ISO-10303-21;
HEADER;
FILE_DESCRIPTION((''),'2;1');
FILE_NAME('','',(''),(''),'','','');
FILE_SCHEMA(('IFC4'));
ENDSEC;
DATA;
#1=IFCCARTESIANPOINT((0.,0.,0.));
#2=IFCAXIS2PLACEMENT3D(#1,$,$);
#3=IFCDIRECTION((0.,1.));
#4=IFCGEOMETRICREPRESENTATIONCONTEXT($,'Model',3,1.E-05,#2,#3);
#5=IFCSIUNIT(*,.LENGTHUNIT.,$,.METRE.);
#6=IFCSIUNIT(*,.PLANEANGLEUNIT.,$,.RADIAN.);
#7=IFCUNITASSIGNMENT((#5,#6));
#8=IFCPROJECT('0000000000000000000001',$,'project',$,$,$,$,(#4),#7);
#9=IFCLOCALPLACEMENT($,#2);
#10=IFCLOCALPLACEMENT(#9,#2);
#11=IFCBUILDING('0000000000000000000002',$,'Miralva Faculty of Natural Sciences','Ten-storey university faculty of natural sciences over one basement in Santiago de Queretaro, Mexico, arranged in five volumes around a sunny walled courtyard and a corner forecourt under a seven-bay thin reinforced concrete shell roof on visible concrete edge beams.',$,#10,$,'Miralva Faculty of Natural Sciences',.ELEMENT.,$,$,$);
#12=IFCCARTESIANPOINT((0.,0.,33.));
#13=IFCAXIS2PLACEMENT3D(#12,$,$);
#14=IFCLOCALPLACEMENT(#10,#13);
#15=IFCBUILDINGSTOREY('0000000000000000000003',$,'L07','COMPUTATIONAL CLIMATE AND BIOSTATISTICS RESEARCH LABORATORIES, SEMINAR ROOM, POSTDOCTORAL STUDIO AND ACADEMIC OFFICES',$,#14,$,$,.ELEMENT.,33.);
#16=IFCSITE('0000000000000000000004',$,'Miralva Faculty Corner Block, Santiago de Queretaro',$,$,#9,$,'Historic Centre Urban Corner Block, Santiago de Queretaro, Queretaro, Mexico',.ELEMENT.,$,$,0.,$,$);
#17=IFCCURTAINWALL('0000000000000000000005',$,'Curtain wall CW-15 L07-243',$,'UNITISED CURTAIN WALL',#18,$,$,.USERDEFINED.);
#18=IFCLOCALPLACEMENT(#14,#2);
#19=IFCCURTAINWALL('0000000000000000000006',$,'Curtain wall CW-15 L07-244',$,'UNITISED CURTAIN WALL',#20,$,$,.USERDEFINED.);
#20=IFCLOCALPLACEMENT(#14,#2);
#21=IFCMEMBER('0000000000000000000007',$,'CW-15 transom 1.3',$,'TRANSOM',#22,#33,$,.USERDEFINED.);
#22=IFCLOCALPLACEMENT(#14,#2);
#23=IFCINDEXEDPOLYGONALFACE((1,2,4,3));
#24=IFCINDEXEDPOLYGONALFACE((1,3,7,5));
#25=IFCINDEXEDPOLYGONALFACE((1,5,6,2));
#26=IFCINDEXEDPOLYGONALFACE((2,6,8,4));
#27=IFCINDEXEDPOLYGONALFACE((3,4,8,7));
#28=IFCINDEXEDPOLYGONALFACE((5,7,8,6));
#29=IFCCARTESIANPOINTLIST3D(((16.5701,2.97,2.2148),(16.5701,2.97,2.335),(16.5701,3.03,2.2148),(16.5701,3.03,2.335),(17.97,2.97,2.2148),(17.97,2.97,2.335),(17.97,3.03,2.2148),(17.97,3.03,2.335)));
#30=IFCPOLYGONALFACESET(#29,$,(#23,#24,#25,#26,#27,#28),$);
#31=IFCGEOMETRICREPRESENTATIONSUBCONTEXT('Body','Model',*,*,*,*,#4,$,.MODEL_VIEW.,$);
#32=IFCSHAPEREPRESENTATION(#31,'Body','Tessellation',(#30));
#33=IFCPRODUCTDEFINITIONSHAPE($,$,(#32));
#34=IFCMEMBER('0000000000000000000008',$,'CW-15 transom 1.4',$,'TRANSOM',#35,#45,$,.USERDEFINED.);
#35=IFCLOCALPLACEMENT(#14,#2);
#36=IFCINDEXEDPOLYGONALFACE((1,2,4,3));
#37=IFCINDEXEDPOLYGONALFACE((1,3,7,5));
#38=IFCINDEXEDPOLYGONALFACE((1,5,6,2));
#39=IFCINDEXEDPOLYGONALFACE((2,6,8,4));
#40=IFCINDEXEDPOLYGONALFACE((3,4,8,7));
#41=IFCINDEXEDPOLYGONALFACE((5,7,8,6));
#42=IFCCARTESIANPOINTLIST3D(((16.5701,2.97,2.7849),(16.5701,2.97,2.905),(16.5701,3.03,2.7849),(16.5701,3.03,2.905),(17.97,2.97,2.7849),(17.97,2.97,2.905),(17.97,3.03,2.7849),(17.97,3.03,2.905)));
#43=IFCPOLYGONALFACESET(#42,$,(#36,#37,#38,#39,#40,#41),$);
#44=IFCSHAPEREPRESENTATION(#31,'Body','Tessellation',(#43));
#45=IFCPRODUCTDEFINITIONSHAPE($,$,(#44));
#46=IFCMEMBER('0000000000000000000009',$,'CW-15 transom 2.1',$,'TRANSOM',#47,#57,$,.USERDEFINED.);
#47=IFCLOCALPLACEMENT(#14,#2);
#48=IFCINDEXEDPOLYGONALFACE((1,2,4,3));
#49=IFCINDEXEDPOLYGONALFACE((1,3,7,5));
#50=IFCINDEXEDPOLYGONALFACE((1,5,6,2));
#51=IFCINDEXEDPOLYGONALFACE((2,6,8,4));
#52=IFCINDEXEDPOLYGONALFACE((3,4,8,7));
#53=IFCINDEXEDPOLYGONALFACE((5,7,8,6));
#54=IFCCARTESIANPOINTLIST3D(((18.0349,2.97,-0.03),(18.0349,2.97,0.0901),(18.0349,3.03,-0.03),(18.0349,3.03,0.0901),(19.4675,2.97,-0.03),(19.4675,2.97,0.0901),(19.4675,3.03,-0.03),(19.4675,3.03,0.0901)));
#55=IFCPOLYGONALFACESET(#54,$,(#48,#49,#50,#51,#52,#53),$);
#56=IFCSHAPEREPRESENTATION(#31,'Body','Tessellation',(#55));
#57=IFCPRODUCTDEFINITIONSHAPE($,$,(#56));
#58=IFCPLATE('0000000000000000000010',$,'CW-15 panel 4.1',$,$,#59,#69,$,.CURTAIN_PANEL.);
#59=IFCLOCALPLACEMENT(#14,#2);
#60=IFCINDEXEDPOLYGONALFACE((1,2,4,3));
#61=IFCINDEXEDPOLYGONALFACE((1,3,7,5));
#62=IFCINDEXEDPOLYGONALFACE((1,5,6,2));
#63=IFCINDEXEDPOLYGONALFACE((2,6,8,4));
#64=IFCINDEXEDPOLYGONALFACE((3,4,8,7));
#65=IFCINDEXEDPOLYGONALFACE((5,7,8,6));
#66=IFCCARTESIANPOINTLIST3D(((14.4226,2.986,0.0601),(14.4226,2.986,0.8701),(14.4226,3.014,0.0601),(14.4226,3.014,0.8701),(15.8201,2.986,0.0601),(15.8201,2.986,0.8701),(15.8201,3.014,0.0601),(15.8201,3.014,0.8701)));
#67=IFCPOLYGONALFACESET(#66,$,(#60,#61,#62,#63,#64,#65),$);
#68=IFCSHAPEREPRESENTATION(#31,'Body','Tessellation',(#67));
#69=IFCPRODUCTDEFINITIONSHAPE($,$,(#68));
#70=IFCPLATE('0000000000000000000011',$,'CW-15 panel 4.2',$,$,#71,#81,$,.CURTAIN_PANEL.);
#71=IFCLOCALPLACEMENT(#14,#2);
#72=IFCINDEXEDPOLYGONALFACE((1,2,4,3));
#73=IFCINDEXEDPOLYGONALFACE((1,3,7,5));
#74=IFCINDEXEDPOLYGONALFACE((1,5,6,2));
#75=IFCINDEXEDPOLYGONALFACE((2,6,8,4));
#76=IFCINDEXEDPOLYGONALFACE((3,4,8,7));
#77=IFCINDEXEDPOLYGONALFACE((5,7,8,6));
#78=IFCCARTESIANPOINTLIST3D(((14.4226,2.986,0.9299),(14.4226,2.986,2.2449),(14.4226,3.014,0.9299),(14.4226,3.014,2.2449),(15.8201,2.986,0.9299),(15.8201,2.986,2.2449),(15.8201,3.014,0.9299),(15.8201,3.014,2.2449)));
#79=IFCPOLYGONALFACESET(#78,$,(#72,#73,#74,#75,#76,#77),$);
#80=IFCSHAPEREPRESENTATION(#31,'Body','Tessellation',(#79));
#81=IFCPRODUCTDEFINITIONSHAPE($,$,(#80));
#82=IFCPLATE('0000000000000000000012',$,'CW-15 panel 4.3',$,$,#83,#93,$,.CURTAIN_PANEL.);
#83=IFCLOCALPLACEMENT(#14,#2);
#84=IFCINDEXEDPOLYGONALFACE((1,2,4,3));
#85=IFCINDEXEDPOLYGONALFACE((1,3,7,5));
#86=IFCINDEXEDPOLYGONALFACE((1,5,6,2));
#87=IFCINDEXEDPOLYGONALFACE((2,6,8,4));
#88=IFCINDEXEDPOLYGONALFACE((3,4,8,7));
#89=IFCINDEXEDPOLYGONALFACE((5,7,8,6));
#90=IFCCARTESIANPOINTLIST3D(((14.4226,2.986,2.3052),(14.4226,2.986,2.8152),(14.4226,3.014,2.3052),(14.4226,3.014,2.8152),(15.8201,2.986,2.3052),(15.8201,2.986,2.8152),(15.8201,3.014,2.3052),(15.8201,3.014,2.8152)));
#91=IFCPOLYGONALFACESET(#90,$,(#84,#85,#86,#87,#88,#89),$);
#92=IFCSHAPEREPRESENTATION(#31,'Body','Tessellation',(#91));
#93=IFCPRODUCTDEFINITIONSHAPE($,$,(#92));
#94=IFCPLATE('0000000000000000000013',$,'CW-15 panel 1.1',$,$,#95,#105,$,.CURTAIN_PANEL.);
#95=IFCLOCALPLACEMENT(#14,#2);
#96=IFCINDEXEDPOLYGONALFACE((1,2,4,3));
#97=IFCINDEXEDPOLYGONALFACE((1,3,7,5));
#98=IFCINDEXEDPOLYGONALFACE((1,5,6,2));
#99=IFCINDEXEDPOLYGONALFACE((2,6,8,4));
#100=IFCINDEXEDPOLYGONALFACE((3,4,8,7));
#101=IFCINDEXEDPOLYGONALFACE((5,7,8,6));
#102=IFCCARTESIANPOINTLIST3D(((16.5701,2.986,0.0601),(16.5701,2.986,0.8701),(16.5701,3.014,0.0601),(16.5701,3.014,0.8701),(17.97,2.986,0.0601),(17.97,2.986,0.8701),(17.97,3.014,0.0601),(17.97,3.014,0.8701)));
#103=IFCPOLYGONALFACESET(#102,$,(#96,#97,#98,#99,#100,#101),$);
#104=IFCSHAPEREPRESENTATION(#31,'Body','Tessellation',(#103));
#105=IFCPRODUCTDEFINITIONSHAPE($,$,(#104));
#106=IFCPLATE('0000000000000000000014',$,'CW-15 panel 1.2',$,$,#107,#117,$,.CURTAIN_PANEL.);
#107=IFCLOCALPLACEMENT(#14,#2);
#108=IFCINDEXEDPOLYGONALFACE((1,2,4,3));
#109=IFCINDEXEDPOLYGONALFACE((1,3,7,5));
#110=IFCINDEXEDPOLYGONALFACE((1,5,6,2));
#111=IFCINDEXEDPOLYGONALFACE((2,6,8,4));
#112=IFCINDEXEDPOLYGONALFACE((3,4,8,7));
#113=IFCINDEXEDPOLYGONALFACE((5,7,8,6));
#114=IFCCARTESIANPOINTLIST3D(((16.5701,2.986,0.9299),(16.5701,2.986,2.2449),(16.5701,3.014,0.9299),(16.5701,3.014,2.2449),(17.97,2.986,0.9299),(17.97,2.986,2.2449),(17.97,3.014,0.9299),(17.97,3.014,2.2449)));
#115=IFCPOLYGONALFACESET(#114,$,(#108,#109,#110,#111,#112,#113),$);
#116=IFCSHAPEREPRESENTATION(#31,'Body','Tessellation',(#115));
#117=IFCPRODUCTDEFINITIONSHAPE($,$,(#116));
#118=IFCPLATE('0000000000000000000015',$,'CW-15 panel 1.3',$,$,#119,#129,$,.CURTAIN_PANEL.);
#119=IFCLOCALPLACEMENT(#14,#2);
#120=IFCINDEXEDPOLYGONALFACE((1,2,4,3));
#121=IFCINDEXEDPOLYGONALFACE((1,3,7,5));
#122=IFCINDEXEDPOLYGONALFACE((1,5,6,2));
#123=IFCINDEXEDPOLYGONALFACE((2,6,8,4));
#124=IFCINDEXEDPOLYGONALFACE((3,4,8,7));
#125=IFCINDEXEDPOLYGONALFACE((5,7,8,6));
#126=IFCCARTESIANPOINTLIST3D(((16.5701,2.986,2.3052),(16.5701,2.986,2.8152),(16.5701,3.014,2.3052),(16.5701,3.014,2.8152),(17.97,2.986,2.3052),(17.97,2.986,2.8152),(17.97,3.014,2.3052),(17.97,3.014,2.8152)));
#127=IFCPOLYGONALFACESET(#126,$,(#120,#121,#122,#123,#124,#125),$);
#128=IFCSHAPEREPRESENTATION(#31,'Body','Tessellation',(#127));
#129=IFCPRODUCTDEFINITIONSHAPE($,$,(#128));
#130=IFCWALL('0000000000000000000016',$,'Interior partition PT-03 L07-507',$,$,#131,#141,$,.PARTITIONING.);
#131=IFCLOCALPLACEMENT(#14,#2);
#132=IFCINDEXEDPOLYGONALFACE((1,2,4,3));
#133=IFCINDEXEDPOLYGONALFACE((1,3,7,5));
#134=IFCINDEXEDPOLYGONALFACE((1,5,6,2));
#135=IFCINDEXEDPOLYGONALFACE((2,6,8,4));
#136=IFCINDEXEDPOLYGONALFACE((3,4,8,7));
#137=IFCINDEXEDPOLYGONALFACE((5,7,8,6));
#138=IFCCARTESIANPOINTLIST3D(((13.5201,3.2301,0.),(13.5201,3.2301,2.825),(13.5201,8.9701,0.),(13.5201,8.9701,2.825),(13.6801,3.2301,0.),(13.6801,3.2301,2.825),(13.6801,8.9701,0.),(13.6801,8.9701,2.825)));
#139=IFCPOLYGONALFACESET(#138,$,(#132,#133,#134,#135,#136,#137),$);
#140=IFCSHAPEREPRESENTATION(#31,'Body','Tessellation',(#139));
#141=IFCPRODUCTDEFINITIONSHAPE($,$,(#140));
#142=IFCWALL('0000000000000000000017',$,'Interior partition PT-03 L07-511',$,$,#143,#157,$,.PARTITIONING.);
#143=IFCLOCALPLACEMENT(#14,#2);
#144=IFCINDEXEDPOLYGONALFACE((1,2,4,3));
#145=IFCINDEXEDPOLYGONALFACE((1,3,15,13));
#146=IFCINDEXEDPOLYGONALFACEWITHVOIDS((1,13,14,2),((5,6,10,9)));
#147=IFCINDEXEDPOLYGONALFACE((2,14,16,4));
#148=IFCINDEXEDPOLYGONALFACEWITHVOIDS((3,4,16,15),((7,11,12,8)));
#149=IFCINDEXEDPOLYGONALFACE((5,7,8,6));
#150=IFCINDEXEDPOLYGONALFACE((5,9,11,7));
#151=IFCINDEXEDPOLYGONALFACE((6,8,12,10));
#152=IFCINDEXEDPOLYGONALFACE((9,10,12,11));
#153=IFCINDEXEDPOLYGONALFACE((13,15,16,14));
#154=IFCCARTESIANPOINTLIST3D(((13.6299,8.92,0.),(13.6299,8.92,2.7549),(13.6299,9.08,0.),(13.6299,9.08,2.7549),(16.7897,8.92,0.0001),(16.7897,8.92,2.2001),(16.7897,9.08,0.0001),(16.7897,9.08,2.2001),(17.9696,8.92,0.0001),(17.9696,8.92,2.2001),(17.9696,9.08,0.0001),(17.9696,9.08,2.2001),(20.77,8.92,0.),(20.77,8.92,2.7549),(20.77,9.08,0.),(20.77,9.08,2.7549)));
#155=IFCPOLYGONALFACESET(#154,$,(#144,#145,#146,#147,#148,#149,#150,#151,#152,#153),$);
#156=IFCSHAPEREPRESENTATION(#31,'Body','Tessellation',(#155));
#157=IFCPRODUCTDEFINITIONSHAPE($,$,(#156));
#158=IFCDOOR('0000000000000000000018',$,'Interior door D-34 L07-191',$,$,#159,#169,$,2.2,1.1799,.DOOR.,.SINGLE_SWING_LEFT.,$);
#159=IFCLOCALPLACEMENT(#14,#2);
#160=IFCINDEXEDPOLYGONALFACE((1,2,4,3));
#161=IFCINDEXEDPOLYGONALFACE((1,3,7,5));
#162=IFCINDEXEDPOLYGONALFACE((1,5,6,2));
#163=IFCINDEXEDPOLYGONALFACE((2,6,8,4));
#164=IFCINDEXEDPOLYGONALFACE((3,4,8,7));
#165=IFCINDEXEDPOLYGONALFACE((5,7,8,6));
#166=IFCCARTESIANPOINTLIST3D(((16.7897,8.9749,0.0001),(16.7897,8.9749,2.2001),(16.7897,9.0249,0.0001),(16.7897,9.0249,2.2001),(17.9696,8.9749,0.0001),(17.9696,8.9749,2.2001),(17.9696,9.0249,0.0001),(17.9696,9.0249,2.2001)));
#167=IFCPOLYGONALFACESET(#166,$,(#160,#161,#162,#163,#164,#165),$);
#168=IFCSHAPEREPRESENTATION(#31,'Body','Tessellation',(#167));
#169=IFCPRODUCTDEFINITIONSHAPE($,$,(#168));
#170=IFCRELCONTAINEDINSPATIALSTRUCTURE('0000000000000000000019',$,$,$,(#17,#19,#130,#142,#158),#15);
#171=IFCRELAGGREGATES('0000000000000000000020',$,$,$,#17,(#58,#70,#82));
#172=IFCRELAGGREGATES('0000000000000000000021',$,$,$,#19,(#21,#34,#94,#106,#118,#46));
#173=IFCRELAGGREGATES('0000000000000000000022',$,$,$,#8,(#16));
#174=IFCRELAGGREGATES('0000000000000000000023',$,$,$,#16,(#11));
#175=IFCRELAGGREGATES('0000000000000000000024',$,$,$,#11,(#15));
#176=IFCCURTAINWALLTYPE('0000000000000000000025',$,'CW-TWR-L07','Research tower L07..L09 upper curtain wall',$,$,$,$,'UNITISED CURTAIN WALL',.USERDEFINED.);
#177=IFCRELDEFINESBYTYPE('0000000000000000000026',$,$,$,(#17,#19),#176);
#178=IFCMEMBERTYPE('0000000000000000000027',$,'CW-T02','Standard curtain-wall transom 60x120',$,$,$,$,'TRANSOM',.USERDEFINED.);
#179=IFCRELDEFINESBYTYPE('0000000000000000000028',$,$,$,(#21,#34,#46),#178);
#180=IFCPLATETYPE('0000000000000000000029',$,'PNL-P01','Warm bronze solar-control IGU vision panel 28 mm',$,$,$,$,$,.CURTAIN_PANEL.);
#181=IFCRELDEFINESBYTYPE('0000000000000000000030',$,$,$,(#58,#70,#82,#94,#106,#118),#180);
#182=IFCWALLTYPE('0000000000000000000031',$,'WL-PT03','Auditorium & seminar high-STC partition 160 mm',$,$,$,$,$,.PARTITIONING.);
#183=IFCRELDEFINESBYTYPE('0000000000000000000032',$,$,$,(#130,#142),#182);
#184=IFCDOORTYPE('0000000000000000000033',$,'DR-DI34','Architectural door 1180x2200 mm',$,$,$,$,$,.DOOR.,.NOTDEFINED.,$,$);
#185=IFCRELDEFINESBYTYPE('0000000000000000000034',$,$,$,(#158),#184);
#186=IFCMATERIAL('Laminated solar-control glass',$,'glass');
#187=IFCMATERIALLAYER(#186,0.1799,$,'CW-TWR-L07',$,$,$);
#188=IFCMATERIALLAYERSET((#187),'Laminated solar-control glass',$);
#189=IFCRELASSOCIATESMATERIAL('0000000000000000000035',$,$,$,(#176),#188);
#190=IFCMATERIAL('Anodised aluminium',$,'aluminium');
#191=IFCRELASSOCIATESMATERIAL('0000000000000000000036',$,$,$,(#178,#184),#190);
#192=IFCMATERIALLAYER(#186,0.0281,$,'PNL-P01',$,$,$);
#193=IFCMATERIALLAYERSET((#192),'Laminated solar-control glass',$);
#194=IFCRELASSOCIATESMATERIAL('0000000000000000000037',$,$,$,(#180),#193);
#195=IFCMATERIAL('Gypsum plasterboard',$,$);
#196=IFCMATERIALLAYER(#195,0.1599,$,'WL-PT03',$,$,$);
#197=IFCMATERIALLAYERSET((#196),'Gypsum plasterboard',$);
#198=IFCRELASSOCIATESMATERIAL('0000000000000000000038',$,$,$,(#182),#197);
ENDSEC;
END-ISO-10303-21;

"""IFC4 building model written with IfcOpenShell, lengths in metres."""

from ifc_helpers import new_model, si_unit, direction, frame, frame_2d, origin, origin_2d, place, context, subcontext, project, spatial, rectangle, extrude, material, layer, layer_set, material_profile, profile_set, type_object, element, fill, aggregate, save


model = new_model("IFC4")

# Units and contexts
model_context = context("Model", 3, precision=1e-05, world=origin(), true_north=direction((0.0, 1.0)))
body_context = subcontext(model_context, "Body", "Model", "MODEL_VIEW")
ifc_project = project(units=[si_unit("LENGTHUNIT", "METRE"), si_unit("PLANEANGLEUNIT", "RADIAN")], contexts=[model_context])

# Site, building, storey
site_placement = place(None, origin())
site = spatial("IfcSite", under=ifc_project, at=site_placement, Name="Miralva Faculty Corner Block, Santiago de Queretaro", LongName="Historic Centre Urban Corner Block, Santiago de Queretaro, Queretaro, Mexico", CompositionType="ELEMENT", RefElevation=0.0)
building_placement = place(site_placement, origin())
building = spatial("IfcBuilding", under=site, at=building_placement, Name="Miralva Faculty of Natural Sciences", Description="Ten-storey university faculty of natural sciences over one basement in Santiago de Queretaro, Mexico, arranged in five volumes around a sunny walled courtyard and a corner forecourt under a seven-bay thin reinforced concrete shell roof on visible concrete edge beams.", LongName="Miralva Faculty of Natural Sciences", CompositionType="ELEMENT")
storey_placement = place(building_placement, frame((0.0, 0.0, 33.0)))
storey = spatial("IfcBuildingStorey", under=building, at=storey_placement, Name="L07", Description="COMPUTATIONAL CLIMATE AND BIOSTATISTICS RESEARCH LABORATORIES, SEMINAR ROOM, POSTDOCTORAL STUDIO AND ACADEMIC OFFICES", CompositionType="ELEMENT", Elevation=33.0)

# Curtain wall
ifc_material_1 = material(Name="Laminated solar-control glass", Category="glass")
ifc_layer_1 = layer(ifc_material_1, 0.1799, Name="CW-TWR-L07")
ifc_layer_set_1 = layer_set([ifc_layer_1], Name="Laminated solar-control glass")
curtain_wall_type = type_object("IfcCurtainWallType", Name="CW-TWR-L07", Description="Research tower L07..L09 upper curtain wall", ElementType="UNITISED CURTAIN WALL", PredefinedType="USERDEFINED", material=ifc_layer_set_1)
curtain_wall_1_placement = place(storey_placement, origin())
curtain_wall_1 = element("IfcCurtainWall", 1, at=curtain_wall_1_placement, inside=storey, type_object=curtain_wall_type, Name="Curtain wall CW-15 L07-243", ObjectType="UNITISED CURTAIN WALL", PredefinedType="USERDEFINED")
ifc_material_2 = material(Name="Anodised aluminium", Category="aluminium")

# Curtain wall
curtain_wall_2_placement = place(storey_placement, origin())
curtain_wall_2 = element("IfcCurtainWall", 2, at=curtain_wall_2_placement, inside=storey, type_object=curtain_wall_type, Name="Curtain wall CW-15 L07-244", ObjectType="UNITISED CURTAIN WALL", PredefinedType="USERDEFINED")

# Members
ifc_material_profile_1 = material_profile(ifc_material_2, rectangle(XDim=0.0601, YDim=0.1201, at=origin_2d()), Name="TRANSOM 60x120")
ifc_profile_set_1 = profile_set([ifc_material_profile_1], Name="Anodised aluminium")
member_type_1 = type_object("IfcMemberType", Name="CW-T02", Description="Standard curtain-wall transom 60x120", ElementType="TRANSOM", PredefinedType="USERDEFINED", material=ifc_profile_set_1)
member_1_placement = place(storey_placement, frame((16.5701, 3.0, 2.2749), z_axis=(1.0, 0.0, 0.0), x_axis=(0.0, 1.0, 0.0)))
member_1 = element("IfcMember", 3, at=member_1_placement, type_object=member_type_1, Name="CW-15 transom 1.3", ObjectType="TRANSOM", PredefinedType="USERDEFINED", context=body_context, shape_type="SweptSolid", body=[
    extrude(rectangle(XDim=0.0601, YDim=0.1201, at=origin_2d()), origin(), (0.0, 0.0, 1.0), 1.3999),
])
member_2_placement = place(storey_placement, frame((16.5701, 3.0, 2.845), z_axis=(1.0, 0.0, 0.0), x_axis=(0.0, 1.0, 0.0)))
member_2 = element("IfcMember", 4, at=member_2_placement, type_object=member_type_1, Name="CW-15 transom 1.4", ObjectType="TRANSOM", PredefinedType="USERDEFINED", context=body_context, shape_type="SweptSolid", body=[
    extrude(rectangle(XDim=0.0601, YDim=0.1201, at=origin_2d()), origin(), (0.0, 0.0, 1.0), 1.3999),
])
member_3_placement = place(storey_placement, frame((18.0349, 3.0, 0.03), z_axis=(1.0, 0.0, 0.0), x_axis=(0.0, 1.0, 0.0)))
member_3 = element("IfcMember", 5, at=member_3_placement, type_object=member_type_1, Name="CW-15 transom 2.1", ObjectType="TRANSOM", PredefinedType="USERDEFINED", context=body_context, shape_type="SweptSolid", body=[
    extrude(rectangle(XDim=0.0601, YDim=0.1201, at=origin_2d()), origin(), (0.0, 0.0, 1.0), 1.4326),
])

# Plates
ifc_layer_2 = layer(ifc_material_1, 0.0281, Name="PNL-P01")
ifc_layer_set_2 = layer_set([ifc_layer_2], Name="Laminated solar-control glass")
plate_type = type_object("IfcPlateType", Name="PNL-P01", Description="Warm bronze solar-control IGU vision panel 28 mm", PredefinedType="CURTAIN_PANEL", material=ifc_layer_set_2)
plate_1_placement = place(storey_placement, frame((15.1213, 3.0, 0.0601), z_axis=(0.0, 0.0, 1.0), x_axis=(1.0, 0.0, 0.0)))
plate_1 = element("IfcPlate", 6, at=plate_1_placement, type_object=plate_type, Name="CW-15 panel 4.1", PredefinedType="CURTAIN_PANEL", context=body_context, shape_type="SweptSolid", body=[
    extrude(rectangle(XDim=1.3975, YDim=0.0281, at=origin_2d()), origin(), (0.0, 0.0, 1.0), 0.8101),
])
plate_2_placement = place(storey_placement, frame((15.1213, 3.0, 0.9299), z_axis=(0.0, 0.0, 1.0), x_axis=(1.0, 0.0, 0.0)))
plate_2 = element("IfcPlate", 7, at=plate_2_placement, type_object=plate_type, Name="CW-15 panel 4.2", PredefinedType="CURTAIN_PANEL", context=body_context, shape_type="SweptSolid", body=[
    extrude(rectangle(XDim=1.3975, YDim=0.0281, at=origin_2d()), origin(), (0.0, 0.0, 1.0), 1.3149),
])
plate_3_placement = place(storey_placement, frame((15.1213, 3.0, 2.3052), z_axis=(0.0, 0.0, 1.0), x_axis=(1.0, 0.0, 0.0)))
plate_3 = element("IfcPlate", 8, at=plate_3_placement, type_object=plate_type, Name="CW-15 panel 4.3", PredefinedType="CURTAIN_PANEL", context=body_context, shape_type="SweptSolid", body=[
    extrude(rectangle(XDim=1.3975, YDim=0.0281, at=origin_2d()), origin(), (0.0, 0.0, 1.0), 0.51),
])
aggregate(curtain_wall_1, [plate_1, plate_2, plate_3])
plate_4_placement = place(storey_placement, frame((17.27, 3.0, 0.0601), z_axis=(0.0, 0.0, 1.0), x_axis=(1.0, 0.0, 0.0)))
plate_4 = element("IfcPlate", 9, at=plate_4_placement, type_object=plate_type, Name="CW-15 panel 1.1", PredefinedType="CURTAIN_PANEL", context=body_context, shape_type="SweptSolid", body=[
    extrude(rectangle(XDim=1.3999, YDim=0.0281, at=origin_2d()), origin(), (0.0, 0.0, 1.0), 0.8101),
])
plate_5_placement = place(storey_placement, frame((17.27, 3.0, 0.9299), z_axis=(0.0, 0.0, 1.0), x_axis=(1.0, 0.0, 0.0)))
plate_5 = element("IfcPlate", 10, at=plate_5_placement, type_object=plate_type, Name="CW-15 panel 1.2", PredefinedType="CURTAIN_PANEL", context=body_context, shape_type="SweptSolid", body=[
    extrude(rectangle(XDim=1.3999, YDim=0.0281, at=origin_2d()), origin(), (0.0, 0.0, 1.0), 1.3149),
])
plate_6_placement = place(storey_placement, frame((17.27, 3.0, 2.3052), z_axis=(0.0, 0.0, 1.0), x_axis=(1.0, 0.0, 0.0)))
plate_6 = element("IfcPlate", 11, at=plate_6_placement, type_object=plate_type, Name="CW-15 panel 1.3", PredefinedType="CURTAIN_PANEL", context=body_context, shape_type="SweptSolid", body=[
    extrude(rectangle(XDim=1.3999, YDim=0.0281, at=origin_2d()), origin(), (0.0, 0.0, 1.0), 0.51),
])
aggregate(curtain_wall_2, [member_1, member_2, plate_4, plate_5, plate_6, member_3])

# Wall
ifc_material_3 = material(Name="Gypsum plasterboard")
ifc_layer_3 = layer(ifc_material_3, 0.1599, Name="WL-PT03")
ifc_layer_set_3 = layer_set([ifc_layer_3], Name="Gypsum plasterboard")
wall_type = type_object("IfcWallType", Name="WL-PT03", Description="Auditorium & seminar high-STC partition 160 mm", PredefinedType="PARTITIONING", material=ifc_layer_set_3)
wall_1_placement = place(storey_placement, frame((13.6001, 3.23, 0.0), z_axis=(0.0, 0.0, 1.0), x_axis=(0.0, 1.0, 0.0)))
element("IfcWall", 12, at=wall_1_placement, inside=storey, type_object=wall_type, Name="Interior partition PT-03 L07-507", PredefinedType="PARTITIONING", context=body_context, shape_type="SweptSolid", body=[
    extrude(rectangle(XDim=5.74, YDim=0.1599, at=frame_2d((2.8701, 0.0))), origin(), (0.0, 0.0, 1.0), 2.825),
])

# Wall, opening, door
wall_2_placement = place(storey_placement, frame((13.6299, 9.0, 0.0), z_axis=(0.0, 0.0, 1.0), x_axis=(1.0, 0.0, 0.0)))
wall_2 = element("IfcWall", 13, at=wall_2_placement, inside=storey, type_object=wall_type, Name="Interior partition PT-03 L07-511", PredefinedType="PARTITIONING", context=body_context, shape_type="SweptSolid", body=[
    extrude(rectangle(XDim=7.1401, YDim=0.1599, at=frame_2d((3.5701, 0.0))), origin(), (0.0, 0.0, 1.0), 2.7549),
])
opening_placement = place(wall_2_placement, frame((3.1599, 0.0, 0.0)))
opening = element("IfcOpeningElement", 14, at=opening_placement, cuts=wall_2, PredefinedType="OPENING", context=body_context, shape_type="SweptSolid", body=[
    extrude(rectangle(XDim=1.1799, YDim=2.2, at=frame_2d((0.5898, 1.1001))), frame((0.0, 0.0898, 0.0), z_axis=(0.0, -1.0, 0.0), x_axis=(1.0, 0.0, 0.0)), (0.0, 0.0, 1.0), 0.1799),
])
door_type = type_object("IfcDoorType", Name="DR-DI34", Description="Architectural door 1180x2200 mm", OperationType="NOTDEFINED", PredefinedType="DOOR", material=ifc_material_2)
door_placement = place(opening_placement, origin())
door = element("IfcDoor", 15, at=door_placement, inside=storey, type_object=door_type, Name="Interior door D-34 L07-191", OperationType="SINGLE_SWING_LEFT", OverallHeight=2.2, OverallWidth=1.1799, PredefinedType="DOOR", context=body_context, shape_type="SweptSolid", body=[
    extrude(rectangle(XDim=1.1799, YDim=2.2, at=frame_2d((0.5898, 1.1001))), frame((0.0, 0.0249, 0.0), z_axis=(0.0, -1.0, 0.0), x_axis=(1.0, 0.0, 0.0)), (0.0, 0.0, 1.0), 0.05),
])
fill(opening, door)

save(model, "model.ifc")
